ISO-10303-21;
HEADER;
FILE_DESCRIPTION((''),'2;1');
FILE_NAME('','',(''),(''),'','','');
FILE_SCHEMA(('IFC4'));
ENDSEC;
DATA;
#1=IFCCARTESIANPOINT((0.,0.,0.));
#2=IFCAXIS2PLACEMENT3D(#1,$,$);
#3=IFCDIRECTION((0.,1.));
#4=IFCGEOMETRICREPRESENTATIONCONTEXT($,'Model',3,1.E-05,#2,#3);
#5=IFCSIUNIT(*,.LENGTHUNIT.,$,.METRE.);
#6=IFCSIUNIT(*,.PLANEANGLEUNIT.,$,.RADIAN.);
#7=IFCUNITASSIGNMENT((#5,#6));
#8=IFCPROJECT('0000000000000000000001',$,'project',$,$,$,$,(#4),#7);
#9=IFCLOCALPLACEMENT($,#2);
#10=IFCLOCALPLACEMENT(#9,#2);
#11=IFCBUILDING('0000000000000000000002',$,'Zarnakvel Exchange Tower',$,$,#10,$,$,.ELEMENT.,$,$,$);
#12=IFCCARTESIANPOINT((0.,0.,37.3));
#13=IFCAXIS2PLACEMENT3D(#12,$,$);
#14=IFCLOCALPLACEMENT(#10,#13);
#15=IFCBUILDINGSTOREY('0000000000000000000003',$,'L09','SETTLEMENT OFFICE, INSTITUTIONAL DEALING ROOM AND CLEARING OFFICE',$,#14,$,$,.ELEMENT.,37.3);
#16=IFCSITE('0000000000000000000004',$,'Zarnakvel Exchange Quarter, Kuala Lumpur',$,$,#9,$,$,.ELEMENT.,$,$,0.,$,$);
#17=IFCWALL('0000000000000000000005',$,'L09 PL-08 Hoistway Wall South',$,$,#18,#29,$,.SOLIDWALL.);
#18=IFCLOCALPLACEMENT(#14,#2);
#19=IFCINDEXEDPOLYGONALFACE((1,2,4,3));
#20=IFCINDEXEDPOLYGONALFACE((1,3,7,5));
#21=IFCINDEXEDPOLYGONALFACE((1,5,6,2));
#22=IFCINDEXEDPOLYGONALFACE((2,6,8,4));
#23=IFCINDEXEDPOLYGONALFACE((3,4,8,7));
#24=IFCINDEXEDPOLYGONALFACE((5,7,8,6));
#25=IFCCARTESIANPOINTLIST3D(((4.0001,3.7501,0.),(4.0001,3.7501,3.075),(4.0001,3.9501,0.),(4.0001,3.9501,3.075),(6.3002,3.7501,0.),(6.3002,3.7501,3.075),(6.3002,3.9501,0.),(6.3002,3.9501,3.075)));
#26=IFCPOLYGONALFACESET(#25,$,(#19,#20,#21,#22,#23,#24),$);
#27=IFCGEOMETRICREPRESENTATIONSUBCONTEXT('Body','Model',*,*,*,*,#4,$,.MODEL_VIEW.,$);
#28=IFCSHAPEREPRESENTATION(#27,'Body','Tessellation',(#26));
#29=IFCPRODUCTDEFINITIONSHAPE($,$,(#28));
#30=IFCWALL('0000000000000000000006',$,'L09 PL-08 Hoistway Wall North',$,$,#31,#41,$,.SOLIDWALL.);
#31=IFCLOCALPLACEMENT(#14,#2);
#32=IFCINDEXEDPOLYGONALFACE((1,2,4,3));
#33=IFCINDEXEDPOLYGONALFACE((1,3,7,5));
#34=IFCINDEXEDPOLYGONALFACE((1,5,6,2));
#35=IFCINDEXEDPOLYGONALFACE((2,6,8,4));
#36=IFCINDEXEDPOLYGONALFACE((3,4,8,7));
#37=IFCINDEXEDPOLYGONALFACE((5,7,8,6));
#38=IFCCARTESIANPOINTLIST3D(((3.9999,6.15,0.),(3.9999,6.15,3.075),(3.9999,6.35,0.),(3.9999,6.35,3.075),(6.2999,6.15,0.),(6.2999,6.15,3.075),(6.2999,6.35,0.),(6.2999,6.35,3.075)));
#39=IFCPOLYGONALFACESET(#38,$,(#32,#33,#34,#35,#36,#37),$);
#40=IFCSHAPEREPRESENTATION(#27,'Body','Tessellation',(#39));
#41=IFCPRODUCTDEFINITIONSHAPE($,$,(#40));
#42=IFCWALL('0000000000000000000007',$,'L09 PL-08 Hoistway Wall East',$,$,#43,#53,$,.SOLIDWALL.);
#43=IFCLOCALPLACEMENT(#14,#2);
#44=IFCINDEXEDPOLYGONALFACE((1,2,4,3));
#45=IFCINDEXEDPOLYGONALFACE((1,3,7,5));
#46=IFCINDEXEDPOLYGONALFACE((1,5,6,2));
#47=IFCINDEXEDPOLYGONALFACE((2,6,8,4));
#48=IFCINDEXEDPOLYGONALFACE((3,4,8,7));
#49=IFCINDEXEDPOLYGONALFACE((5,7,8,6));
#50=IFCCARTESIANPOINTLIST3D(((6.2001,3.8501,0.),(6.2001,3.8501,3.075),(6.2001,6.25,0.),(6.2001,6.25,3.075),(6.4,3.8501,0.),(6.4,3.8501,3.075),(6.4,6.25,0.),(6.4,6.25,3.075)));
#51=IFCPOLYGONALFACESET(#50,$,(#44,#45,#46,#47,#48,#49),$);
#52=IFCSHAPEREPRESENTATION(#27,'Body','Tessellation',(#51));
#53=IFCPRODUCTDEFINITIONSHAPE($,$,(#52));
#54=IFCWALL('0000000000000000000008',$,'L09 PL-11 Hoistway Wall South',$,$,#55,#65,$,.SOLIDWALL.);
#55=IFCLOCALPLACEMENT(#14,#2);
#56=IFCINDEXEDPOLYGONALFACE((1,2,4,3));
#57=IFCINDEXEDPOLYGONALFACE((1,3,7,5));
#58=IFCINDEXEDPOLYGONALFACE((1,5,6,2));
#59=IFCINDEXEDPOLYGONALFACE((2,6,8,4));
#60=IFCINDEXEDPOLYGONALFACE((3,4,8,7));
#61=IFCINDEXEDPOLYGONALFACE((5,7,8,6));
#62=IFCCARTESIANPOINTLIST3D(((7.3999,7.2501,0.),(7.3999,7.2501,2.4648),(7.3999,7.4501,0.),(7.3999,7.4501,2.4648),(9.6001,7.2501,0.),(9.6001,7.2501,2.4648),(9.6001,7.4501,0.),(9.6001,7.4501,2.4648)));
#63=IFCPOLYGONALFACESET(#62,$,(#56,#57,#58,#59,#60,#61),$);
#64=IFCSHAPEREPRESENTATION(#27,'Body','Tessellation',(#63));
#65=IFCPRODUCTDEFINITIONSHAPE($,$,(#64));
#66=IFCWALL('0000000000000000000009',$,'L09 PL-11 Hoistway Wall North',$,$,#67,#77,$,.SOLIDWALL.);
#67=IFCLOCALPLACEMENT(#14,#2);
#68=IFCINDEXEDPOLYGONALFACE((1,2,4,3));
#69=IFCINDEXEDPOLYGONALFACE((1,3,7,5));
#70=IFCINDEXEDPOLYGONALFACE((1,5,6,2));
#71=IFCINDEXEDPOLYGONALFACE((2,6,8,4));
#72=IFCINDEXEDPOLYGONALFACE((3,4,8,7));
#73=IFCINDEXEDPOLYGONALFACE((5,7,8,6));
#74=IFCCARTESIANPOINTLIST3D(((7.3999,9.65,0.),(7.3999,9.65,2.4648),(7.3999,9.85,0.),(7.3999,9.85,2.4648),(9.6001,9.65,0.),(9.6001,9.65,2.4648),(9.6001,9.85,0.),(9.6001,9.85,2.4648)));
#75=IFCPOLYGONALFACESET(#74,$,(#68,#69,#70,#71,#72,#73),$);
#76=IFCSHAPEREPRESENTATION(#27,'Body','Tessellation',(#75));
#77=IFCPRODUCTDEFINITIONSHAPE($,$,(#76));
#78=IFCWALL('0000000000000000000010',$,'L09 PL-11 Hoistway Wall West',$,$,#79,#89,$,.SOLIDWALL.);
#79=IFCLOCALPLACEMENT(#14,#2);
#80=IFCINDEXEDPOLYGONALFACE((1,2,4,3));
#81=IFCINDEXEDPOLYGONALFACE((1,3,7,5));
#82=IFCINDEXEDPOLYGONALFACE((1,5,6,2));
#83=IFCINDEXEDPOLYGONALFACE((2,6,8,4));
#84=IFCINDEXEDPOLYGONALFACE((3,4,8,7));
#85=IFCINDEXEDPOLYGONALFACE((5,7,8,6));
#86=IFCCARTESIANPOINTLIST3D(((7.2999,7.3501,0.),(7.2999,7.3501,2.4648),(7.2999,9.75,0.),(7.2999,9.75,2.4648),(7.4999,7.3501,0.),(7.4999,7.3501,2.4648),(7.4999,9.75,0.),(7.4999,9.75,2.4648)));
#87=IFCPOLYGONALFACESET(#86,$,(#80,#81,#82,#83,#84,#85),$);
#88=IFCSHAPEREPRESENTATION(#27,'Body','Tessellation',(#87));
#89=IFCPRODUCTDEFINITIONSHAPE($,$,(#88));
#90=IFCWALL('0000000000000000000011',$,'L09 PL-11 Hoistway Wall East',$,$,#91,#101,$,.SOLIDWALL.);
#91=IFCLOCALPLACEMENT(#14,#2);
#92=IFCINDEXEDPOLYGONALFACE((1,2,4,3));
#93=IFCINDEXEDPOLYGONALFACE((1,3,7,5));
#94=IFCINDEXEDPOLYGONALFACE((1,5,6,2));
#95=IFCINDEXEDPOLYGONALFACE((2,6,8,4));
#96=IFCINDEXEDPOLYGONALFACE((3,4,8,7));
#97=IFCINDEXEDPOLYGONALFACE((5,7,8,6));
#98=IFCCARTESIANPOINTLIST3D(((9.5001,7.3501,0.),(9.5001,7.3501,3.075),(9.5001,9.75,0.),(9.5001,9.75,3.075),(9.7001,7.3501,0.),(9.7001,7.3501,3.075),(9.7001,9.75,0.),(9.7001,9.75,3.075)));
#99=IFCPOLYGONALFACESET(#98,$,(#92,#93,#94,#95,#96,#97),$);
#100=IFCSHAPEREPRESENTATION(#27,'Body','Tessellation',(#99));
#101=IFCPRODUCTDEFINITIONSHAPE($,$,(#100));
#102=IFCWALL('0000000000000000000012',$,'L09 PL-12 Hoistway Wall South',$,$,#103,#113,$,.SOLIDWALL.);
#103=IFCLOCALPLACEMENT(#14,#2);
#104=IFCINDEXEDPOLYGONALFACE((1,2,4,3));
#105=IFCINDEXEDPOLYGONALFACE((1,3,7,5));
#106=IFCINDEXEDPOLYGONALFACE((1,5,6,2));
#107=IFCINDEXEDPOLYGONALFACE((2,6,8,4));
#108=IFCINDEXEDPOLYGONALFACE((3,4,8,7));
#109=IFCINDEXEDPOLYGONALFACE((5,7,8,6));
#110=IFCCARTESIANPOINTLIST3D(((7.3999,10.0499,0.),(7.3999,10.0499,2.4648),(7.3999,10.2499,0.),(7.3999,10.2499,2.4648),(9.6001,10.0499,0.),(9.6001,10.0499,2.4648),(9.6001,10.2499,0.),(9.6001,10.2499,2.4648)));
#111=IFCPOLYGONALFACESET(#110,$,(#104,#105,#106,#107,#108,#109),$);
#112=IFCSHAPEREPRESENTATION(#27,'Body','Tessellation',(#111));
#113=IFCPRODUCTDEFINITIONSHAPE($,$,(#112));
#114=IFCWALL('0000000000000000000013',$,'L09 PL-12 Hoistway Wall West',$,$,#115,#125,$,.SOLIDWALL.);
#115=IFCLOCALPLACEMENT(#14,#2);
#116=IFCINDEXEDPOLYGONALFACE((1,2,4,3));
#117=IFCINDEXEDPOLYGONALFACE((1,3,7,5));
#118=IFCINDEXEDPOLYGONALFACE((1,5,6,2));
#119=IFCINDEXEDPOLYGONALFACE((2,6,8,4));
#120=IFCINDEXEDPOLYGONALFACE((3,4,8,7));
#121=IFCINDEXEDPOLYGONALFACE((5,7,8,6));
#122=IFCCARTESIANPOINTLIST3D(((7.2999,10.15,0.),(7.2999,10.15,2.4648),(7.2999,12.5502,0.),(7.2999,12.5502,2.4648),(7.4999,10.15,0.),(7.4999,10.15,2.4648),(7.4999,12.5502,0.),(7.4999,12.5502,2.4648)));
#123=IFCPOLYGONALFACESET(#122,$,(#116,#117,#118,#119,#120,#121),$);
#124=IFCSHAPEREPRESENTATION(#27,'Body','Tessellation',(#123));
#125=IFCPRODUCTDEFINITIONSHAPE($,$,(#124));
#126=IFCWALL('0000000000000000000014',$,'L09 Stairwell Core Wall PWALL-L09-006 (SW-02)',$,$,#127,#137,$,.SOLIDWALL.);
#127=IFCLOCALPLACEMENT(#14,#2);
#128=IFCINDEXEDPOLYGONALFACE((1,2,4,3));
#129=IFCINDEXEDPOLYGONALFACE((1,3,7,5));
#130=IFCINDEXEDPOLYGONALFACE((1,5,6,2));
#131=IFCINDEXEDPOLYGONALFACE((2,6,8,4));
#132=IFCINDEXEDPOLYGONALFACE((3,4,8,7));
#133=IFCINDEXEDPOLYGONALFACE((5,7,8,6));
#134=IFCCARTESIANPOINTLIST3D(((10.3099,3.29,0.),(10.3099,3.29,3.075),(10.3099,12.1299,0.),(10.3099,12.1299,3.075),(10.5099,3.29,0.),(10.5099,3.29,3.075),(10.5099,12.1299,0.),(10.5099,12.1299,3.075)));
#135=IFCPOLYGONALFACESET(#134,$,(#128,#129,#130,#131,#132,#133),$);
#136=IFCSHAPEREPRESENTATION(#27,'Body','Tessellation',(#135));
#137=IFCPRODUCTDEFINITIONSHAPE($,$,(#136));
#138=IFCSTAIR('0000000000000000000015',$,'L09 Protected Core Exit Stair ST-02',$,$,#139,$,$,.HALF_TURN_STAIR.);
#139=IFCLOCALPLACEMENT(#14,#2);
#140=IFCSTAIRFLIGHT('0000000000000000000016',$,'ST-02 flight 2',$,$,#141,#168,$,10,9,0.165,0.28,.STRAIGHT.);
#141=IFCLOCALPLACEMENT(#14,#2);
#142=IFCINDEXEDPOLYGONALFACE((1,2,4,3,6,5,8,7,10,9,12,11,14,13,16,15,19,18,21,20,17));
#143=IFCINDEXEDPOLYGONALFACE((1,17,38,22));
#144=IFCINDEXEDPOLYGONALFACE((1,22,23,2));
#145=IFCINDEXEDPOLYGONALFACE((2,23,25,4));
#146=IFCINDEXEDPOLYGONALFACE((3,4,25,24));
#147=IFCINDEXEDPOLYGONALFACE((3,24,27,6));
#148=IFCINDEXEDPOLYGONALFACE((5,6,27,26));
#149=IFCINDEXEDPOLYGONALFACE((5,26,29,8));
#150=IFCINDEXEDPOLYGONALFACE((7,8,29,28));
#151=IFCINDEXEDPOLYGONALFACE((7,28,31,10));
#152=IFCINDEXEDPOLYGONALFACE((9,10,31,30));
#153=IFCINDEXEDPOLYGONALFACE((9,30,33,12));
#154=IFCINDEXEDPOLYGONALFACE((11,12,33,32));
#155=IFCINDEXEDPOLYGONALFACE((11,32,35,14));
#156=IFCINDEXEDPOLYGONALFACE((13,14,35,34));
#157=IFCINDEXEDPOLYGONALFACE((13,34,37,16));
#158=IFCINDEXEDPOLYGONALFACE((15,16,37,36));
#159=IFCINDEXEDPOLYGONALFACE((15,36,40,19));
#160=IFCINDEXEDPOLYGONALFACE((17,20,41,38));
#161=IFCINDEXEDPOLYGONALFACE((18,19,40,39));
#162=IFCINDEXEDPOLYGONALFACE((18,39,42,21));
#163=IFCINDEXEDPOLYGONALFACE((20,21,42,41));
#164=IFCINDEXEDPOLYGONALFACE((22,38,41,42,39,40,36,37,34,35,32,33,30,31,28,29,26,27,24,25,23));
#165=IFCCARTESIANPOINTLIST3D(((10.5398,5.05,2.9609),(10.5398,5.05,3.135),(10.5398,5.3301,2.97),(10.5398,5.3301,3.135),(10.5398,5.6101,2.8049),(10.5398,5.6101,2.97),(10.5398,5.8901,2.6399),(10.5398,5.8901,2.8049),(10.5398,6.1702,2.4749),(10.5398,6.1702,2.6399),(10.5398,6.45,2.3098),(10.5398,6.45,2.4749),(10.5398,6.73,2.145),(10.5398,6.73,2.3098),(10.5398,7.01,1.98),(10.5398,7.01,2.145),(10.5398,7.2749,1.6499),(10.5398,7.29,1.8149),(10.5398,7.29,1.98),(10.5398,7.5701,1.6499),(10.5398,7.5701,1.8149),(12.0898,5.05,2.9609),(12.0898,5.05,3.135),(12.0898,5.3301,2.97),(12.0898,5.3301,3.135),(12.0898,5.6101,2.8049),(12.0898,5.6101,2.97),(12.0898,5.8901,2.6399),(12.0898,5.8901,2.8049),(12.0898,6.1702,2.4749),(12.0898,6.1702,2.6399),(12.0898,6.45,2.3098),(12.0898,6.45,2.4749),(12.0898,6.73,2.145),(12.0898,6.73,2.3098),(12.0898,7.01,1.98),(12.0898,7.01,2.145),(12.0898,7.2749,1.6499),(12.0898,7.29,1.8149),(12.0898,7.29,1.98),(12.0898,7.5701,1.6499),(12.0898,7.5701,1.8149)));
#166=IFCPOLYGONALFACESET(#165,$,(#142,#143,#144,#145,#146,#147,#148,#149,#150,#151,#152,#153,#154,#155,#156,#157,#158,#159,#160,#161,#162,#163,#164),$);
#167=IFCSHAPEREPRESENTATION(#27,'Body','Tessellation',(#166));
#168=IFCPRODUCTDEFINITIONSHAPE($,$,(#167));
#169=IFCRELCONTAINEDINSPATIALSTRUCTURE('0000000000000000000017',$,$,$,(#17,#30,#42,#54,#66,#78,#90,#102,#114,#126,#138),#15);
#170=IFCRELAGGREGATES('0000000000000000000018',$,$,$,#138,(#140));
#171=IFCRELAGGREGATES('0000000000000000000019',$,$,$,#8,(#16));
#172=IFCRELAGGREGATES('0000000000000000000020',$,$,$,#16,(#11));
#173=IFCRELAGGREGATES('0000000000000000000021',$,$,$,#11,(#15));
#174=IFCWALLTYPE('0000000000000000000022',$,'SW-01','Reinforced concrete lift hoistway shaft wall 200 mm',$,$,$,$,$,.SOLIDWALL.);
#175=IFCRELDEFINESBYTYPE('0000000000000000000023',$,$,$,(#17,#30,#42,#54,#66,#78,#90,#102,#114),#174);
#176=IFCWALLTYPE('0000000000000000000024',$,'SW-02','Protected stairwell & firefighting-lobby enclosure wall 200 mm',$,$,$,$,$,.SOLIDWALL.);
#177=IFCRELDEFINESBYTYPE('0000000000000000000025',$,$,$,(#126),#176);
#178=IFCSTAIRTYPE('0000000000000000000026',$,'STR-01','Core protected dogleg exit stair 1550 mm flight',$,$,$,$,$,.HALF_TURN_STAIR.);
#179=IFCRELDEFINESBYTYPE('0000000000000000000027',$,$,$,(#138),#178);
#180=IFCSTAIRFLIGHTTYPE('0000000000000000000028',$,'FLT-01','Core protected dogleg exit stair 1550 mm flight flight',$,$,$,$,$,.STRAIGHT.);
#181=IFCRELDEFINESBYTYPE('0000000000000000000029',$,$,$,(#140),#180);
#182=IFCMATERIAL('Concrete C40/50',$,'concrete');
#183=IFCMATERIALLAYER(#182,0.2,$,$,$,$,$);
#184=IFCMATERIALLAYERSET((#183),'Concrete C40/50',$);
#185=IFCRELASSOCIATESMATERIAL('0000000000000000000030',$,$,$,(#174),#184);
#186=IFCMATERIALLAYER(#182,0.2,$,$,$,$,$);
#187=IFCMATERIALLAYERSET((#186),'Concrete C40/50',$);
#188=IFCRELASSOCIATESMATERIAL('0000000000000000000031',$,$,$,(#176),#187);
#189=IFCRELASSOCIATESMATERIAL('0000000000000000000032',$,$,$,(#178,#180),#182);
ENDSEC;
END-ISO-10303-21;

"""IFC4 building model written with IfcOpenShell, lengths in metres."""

from ifc_helpers import new_model, si_unit, direction, frame, frame_2d, origin, place, context, subcontext, project, spatial, polyline, rectangle, outline, extrude, material, layer, layer_set, type_object, element, aggregate, save


model = new_model("IFC4")

# Units and contexts
model_context = context("Model", 3, precision=1e-05, world=origin(), true_north=direction((0.0, 1.0)))
body_context = subcontext(model_context, "Body", "Model", "MODEL_VIEW")
ifc_project = project(units=[si_unit("LENGTHUNIT", "METRE"), si_unit("PLANEANGLEUNIT", "RADIAN")], contexts=[model_context])

# Site, building, storey
site_placement = place(None, origin())
site = spatial("IfcSite", under=ifc_project, at=site_placement, Name="Zarnakvel Exchange Quarter, Kuala Lumpur", CompositionType="ELEMENT", RefElevation=0.0)
building_placement = place(site_placement, origin())
building = spatial("IfcBuilding", under=site, at=building_placement, Name="Zarnakvel Exchange Tower", CompositionType="ELEMENT")
storey_placement = place(building_placement, frame((0.0, 0.0, 37.3)))
storey = spatial("IfcBuildingStorey", under=building, at=storey_placement, Name="L09", Description="SETTLEMENT OFFICE, INSTITUTIONAL DEALING ROOM AND CLEARING OFFICE", CompositionType="ELEMENT", Elevation=37.3)

# Shared definitions
ifc_material_1 = material(Name="Concrete C40/50", Category="concrete")
ifc_layer_1 = layer(ifc_material_1, 0.2)
ifc_layer_set_1 = layer_set([ifc_layer_1], Name="Concrete C40/50")
wall_type_1 = type_object("IfcWallType", Name="SW-01", Description="Reinforced concrete lift hoistway shaft wall 200 mm", PredefinedType="SOLIDWALL", material=ifc_layer_set_1)

# Walls
for number, where, z_axis, x_axis, name in (
    (1, (6.3, 3.8501, 0.0), (0.0, 0.0, 1.0), (-1.0, 0.0, 0.0), "L09 PL-08 Hoistway Wall South"),
    (2, (4.0, 6.25, 0.0), (0.0, 0.0, 1.0), (1.0, 0.0, 0.0), "L09 PL-08 Hoistway Wall North"),
):
    element("IfcWall", number, at=place(storey_placement, frame(where, z_axis=z_axis, x_axis=x_axis)), inside=storey, type_object=wall_type_1, Name=name, PredefinedType="SOLIDWALL", context=body_context, shape_type="SweptSolid", body=[
        extrude(rectangle(XDim=2.3, YDim=0.2, at=frame_2d((1.1499, 0.0))), origin(), (0.0, 0.0, 1.0), 3.075),
    ])
wall_1_placement = place(storey_placement, frame((6.3, 6.25, 0.0), z_axis=(0.0, 0.0, 1.0), x_axis=(0.0, -1.0, 0.0)))
element("IfcWall", 3, at=wall_1_placement, inside=storey, type_object=wall_type_1, Name="L09 PL-08 Hoistway Wall East", PredefinedType="SOLIDWALL", context=body_context, shape_type="SweptSolid", body=[
    extrude(rectangle(XDim=2.3999, YDim=0.2, at=frame_2d((1.2, 0.0))), origin(), (0.0, 0.0, 1.0), 3.075),
])
for number, where, z_axis, x_axis, name in (
    (4, (9.6001, 7.3501, 0.0), (0.0, 0.0, 1.0), (-1.0, 0.0, 0.0), "L09 PL-11 Hoistway Wall South"),
    (5, (7.3999, 9.75, 0.0), (0.0, 0.0, 1.0), (1.0, 0.0, 0.0), "L09 PL-11 Hoistway Wall North"),
):
    element("IfcWall", number, at=place(storey_placement, frame(where, z_axis=z_axis, x_axis=x_axis)), inside=storey, type_object=wall_type_1, Name=name, PredefinedType="SOLIDWALL", context=body_context, shape_type="SweptSolid", body=[
        extrude(rectangle(XDim=2.2002, YDim=0.2, at=frame_2d((1.1001, 0.0))), origin(), (0.0, 0.0, 1.0), 2.4648),
    ])
wall_2_placement = place(storey_placement, frame((7.3999, 7.3501, 0.0), z_axis=(0.0, 0.0, 1.0), x_axis=(0.0, 1.0, 0.0)))
element("IfcWall", 6, at=wall_2_placement, inside=storey, type_object=wall_type_1, Name="L09 PL-11 Hoistway Wall West", PredefinedType="SOLIDWALL", context=body_context, shape_type="SweptSolid", body=[
    extrude(rectangle(XDim=2.3999, YDim=0.2, at=frame_2d((1.2, 0.0))), origin(), (0.0, 0.0, 1.0), 2.4648),
])
wall_3_placement = place(storey_placement, frame((9.6001, 9.75, 0.0), z_axis=(0.0, 0.0, 1.0), x_axis=(0.0, -1.0, 0.0)))
element("IfcWall", 7, at=wall_3_placement, inside=storey, type_object=wall_type_1, Name="L09 PL-11 Hoistway Wall East", PredefinedType="SOLIDWALL", context=body_context, shape_type="SweptSolid", body=[
    extrude(rectangle(XDim=2.3999, YDim=0.2, at=frame_2d((1.2, 0.0))), origin(), (0.0, 0.0, 1.0), 3.075),
])
wall_4_placement = place(storey_placement, frame((9.6001, 10.1499, 0.0), z_axis=(0.0, 0.0, 1.0), x_axis=(-1.0, 0.0, 0.0)))
element("IfcWall", 8, at=wall_4_placement, inside=storey, type_object=wall_type_1, Name="L09 PL-12 Hoistway Wall South", PredefinedType="SOLIDWALL", context=body_context, shape_type="SweptSolid", body=[
    extrude(rectangle(XDim=2.2002, YDim=0.2, at=frame_2d((1.1001, 0.0))), origin(), (0.0, 0.0, 1.0), 2.4648),
])
wall_5_placement = place(storey_placement, frame((7.3999, 10.1499, 0.0), z_axis=(0.0, 0.0, 1.0), x_axis=(0.0, 1.0, 0.0)))
element("IfcWall", 9, at=wall_5_placement, inside=storey, type_object=wall_type_1, Name="L09 PL-12 Hoistway Wall West", PredefinedType="SOLIDWALL", context=body_context, shape_type="SweptSolid", body=[
    extrude(rectangle(XDim=2.4001, YDim=0.2, at=frame_2d((1.2002, 0.0))), origin(), (0.0, 0.0, 1.0), 2.4648),
])
ifc_layer_2 = layer(ifc_material_1, 0.2)
ifc_layer_set_2 = layer_set([ifc_layer_2], Name="Concrete C40/50")
wall_type_2 = type_object("IfcWallType", Name="SW-02", Description="Protected stairwell & firefighting-lobby enclosure wall 200 mm", PredefinedType="SOLIDWALL", material=ifc_layer_set_2)
wall_6_placement = place(storey_placement, frame((10.4099, 3.29, 0.0), z_axis=(0.0, 0.0, 1.0), x_axis=(0.0, 1.0, 0.0)))
element("IfcWall", 10, at=wall_6_placement, inside=storey, type_object=wall_type_2, Name="L09 Stairwell Core Wall PWALL-L09-006 (SW-02)", PredefinedType="SOLIDWALL", context=body_context, shape_type="SweptSolid", body=[
    extrude(rectangle(XDim=8.8398, YDim=0.2, at=frame_2d((4.4199, 0.0))), origin(), (0.0, 0.0, 1.0), 3.075),
])

# Stair, stair flight
stair_type = type_object("IfcStairType", Name="STR-01", Description="Core protected dogleg exit stair 1550 mm flight", PredefinedType="HALF_TURN_STAIR", material=ifc_material_1)
stair_placement = place(storey_placement, origin())
stair = element("IfcStair", 11, at=stair_placement, inside=storey, type_object=stair_type, Name="L09 Protected Core Exit Stair ST-02", PredefinedType="HALF_TURN_STAIR")
stair_flight_type = type_object("IfcStairFlightType", Name="FLT-01", Description="Core protected dogleg exit stair 1550 mm flight flight", PredefinedType="STRAIGHT", material=ifc_material_1)
stair_flight_placement = place(storey_placement, frame((11.3149, 7.5701, 1.6499), z_axis=(0.0, 0.0, 1.0), x_axis=(0.0, -1.0, 0.0)))
stair_flight = element("IfcStairFlight", 12, at=stair_flight_placement, type_object=stair_flight_type, Name="ST-02 flight 2", NumberOfRisers=10, NumberOfTreads=9, PredefinedType="STRAIGHT", RiserHeight=0.165, TreadLength=0.28, context=body_context, shape_type="SweptSolid", body=[
    extrude(outline(polyline([(0.0, 0.0), (0.0, 0.165), (0.28, 0.165), (0.28, 0.3301), (0.5601, 0.3301), (0.5601, 0.4951), (0.8401, 0.4951), (0.8401, 0.6599), (1.1201, 0.6599), (1.1201, 0.825), (1.3999, 0.825), (1.3999, 0.99), (1.6799, 0.99), (1.6799, 1.155), (1.96, 1.155), (1.96, 1.3201), (2.24, 1.3201), (2.24, 1.4851), (2.52, 1.4851), (2.52, 1.6499), (2.52, 1.311), (0.2952, 0.0), (0.0, 0.0)])), frame((0.0, 0.7749, 0.0), z_axis=(0.0, -1.0, 0.0), x_axis=(1.0, 0.0, 0.0)), (0.0, 0.0, 1.0), 1.55),
])
aggregate(stair, [stair_flight])

save(model, "model.ifc")
